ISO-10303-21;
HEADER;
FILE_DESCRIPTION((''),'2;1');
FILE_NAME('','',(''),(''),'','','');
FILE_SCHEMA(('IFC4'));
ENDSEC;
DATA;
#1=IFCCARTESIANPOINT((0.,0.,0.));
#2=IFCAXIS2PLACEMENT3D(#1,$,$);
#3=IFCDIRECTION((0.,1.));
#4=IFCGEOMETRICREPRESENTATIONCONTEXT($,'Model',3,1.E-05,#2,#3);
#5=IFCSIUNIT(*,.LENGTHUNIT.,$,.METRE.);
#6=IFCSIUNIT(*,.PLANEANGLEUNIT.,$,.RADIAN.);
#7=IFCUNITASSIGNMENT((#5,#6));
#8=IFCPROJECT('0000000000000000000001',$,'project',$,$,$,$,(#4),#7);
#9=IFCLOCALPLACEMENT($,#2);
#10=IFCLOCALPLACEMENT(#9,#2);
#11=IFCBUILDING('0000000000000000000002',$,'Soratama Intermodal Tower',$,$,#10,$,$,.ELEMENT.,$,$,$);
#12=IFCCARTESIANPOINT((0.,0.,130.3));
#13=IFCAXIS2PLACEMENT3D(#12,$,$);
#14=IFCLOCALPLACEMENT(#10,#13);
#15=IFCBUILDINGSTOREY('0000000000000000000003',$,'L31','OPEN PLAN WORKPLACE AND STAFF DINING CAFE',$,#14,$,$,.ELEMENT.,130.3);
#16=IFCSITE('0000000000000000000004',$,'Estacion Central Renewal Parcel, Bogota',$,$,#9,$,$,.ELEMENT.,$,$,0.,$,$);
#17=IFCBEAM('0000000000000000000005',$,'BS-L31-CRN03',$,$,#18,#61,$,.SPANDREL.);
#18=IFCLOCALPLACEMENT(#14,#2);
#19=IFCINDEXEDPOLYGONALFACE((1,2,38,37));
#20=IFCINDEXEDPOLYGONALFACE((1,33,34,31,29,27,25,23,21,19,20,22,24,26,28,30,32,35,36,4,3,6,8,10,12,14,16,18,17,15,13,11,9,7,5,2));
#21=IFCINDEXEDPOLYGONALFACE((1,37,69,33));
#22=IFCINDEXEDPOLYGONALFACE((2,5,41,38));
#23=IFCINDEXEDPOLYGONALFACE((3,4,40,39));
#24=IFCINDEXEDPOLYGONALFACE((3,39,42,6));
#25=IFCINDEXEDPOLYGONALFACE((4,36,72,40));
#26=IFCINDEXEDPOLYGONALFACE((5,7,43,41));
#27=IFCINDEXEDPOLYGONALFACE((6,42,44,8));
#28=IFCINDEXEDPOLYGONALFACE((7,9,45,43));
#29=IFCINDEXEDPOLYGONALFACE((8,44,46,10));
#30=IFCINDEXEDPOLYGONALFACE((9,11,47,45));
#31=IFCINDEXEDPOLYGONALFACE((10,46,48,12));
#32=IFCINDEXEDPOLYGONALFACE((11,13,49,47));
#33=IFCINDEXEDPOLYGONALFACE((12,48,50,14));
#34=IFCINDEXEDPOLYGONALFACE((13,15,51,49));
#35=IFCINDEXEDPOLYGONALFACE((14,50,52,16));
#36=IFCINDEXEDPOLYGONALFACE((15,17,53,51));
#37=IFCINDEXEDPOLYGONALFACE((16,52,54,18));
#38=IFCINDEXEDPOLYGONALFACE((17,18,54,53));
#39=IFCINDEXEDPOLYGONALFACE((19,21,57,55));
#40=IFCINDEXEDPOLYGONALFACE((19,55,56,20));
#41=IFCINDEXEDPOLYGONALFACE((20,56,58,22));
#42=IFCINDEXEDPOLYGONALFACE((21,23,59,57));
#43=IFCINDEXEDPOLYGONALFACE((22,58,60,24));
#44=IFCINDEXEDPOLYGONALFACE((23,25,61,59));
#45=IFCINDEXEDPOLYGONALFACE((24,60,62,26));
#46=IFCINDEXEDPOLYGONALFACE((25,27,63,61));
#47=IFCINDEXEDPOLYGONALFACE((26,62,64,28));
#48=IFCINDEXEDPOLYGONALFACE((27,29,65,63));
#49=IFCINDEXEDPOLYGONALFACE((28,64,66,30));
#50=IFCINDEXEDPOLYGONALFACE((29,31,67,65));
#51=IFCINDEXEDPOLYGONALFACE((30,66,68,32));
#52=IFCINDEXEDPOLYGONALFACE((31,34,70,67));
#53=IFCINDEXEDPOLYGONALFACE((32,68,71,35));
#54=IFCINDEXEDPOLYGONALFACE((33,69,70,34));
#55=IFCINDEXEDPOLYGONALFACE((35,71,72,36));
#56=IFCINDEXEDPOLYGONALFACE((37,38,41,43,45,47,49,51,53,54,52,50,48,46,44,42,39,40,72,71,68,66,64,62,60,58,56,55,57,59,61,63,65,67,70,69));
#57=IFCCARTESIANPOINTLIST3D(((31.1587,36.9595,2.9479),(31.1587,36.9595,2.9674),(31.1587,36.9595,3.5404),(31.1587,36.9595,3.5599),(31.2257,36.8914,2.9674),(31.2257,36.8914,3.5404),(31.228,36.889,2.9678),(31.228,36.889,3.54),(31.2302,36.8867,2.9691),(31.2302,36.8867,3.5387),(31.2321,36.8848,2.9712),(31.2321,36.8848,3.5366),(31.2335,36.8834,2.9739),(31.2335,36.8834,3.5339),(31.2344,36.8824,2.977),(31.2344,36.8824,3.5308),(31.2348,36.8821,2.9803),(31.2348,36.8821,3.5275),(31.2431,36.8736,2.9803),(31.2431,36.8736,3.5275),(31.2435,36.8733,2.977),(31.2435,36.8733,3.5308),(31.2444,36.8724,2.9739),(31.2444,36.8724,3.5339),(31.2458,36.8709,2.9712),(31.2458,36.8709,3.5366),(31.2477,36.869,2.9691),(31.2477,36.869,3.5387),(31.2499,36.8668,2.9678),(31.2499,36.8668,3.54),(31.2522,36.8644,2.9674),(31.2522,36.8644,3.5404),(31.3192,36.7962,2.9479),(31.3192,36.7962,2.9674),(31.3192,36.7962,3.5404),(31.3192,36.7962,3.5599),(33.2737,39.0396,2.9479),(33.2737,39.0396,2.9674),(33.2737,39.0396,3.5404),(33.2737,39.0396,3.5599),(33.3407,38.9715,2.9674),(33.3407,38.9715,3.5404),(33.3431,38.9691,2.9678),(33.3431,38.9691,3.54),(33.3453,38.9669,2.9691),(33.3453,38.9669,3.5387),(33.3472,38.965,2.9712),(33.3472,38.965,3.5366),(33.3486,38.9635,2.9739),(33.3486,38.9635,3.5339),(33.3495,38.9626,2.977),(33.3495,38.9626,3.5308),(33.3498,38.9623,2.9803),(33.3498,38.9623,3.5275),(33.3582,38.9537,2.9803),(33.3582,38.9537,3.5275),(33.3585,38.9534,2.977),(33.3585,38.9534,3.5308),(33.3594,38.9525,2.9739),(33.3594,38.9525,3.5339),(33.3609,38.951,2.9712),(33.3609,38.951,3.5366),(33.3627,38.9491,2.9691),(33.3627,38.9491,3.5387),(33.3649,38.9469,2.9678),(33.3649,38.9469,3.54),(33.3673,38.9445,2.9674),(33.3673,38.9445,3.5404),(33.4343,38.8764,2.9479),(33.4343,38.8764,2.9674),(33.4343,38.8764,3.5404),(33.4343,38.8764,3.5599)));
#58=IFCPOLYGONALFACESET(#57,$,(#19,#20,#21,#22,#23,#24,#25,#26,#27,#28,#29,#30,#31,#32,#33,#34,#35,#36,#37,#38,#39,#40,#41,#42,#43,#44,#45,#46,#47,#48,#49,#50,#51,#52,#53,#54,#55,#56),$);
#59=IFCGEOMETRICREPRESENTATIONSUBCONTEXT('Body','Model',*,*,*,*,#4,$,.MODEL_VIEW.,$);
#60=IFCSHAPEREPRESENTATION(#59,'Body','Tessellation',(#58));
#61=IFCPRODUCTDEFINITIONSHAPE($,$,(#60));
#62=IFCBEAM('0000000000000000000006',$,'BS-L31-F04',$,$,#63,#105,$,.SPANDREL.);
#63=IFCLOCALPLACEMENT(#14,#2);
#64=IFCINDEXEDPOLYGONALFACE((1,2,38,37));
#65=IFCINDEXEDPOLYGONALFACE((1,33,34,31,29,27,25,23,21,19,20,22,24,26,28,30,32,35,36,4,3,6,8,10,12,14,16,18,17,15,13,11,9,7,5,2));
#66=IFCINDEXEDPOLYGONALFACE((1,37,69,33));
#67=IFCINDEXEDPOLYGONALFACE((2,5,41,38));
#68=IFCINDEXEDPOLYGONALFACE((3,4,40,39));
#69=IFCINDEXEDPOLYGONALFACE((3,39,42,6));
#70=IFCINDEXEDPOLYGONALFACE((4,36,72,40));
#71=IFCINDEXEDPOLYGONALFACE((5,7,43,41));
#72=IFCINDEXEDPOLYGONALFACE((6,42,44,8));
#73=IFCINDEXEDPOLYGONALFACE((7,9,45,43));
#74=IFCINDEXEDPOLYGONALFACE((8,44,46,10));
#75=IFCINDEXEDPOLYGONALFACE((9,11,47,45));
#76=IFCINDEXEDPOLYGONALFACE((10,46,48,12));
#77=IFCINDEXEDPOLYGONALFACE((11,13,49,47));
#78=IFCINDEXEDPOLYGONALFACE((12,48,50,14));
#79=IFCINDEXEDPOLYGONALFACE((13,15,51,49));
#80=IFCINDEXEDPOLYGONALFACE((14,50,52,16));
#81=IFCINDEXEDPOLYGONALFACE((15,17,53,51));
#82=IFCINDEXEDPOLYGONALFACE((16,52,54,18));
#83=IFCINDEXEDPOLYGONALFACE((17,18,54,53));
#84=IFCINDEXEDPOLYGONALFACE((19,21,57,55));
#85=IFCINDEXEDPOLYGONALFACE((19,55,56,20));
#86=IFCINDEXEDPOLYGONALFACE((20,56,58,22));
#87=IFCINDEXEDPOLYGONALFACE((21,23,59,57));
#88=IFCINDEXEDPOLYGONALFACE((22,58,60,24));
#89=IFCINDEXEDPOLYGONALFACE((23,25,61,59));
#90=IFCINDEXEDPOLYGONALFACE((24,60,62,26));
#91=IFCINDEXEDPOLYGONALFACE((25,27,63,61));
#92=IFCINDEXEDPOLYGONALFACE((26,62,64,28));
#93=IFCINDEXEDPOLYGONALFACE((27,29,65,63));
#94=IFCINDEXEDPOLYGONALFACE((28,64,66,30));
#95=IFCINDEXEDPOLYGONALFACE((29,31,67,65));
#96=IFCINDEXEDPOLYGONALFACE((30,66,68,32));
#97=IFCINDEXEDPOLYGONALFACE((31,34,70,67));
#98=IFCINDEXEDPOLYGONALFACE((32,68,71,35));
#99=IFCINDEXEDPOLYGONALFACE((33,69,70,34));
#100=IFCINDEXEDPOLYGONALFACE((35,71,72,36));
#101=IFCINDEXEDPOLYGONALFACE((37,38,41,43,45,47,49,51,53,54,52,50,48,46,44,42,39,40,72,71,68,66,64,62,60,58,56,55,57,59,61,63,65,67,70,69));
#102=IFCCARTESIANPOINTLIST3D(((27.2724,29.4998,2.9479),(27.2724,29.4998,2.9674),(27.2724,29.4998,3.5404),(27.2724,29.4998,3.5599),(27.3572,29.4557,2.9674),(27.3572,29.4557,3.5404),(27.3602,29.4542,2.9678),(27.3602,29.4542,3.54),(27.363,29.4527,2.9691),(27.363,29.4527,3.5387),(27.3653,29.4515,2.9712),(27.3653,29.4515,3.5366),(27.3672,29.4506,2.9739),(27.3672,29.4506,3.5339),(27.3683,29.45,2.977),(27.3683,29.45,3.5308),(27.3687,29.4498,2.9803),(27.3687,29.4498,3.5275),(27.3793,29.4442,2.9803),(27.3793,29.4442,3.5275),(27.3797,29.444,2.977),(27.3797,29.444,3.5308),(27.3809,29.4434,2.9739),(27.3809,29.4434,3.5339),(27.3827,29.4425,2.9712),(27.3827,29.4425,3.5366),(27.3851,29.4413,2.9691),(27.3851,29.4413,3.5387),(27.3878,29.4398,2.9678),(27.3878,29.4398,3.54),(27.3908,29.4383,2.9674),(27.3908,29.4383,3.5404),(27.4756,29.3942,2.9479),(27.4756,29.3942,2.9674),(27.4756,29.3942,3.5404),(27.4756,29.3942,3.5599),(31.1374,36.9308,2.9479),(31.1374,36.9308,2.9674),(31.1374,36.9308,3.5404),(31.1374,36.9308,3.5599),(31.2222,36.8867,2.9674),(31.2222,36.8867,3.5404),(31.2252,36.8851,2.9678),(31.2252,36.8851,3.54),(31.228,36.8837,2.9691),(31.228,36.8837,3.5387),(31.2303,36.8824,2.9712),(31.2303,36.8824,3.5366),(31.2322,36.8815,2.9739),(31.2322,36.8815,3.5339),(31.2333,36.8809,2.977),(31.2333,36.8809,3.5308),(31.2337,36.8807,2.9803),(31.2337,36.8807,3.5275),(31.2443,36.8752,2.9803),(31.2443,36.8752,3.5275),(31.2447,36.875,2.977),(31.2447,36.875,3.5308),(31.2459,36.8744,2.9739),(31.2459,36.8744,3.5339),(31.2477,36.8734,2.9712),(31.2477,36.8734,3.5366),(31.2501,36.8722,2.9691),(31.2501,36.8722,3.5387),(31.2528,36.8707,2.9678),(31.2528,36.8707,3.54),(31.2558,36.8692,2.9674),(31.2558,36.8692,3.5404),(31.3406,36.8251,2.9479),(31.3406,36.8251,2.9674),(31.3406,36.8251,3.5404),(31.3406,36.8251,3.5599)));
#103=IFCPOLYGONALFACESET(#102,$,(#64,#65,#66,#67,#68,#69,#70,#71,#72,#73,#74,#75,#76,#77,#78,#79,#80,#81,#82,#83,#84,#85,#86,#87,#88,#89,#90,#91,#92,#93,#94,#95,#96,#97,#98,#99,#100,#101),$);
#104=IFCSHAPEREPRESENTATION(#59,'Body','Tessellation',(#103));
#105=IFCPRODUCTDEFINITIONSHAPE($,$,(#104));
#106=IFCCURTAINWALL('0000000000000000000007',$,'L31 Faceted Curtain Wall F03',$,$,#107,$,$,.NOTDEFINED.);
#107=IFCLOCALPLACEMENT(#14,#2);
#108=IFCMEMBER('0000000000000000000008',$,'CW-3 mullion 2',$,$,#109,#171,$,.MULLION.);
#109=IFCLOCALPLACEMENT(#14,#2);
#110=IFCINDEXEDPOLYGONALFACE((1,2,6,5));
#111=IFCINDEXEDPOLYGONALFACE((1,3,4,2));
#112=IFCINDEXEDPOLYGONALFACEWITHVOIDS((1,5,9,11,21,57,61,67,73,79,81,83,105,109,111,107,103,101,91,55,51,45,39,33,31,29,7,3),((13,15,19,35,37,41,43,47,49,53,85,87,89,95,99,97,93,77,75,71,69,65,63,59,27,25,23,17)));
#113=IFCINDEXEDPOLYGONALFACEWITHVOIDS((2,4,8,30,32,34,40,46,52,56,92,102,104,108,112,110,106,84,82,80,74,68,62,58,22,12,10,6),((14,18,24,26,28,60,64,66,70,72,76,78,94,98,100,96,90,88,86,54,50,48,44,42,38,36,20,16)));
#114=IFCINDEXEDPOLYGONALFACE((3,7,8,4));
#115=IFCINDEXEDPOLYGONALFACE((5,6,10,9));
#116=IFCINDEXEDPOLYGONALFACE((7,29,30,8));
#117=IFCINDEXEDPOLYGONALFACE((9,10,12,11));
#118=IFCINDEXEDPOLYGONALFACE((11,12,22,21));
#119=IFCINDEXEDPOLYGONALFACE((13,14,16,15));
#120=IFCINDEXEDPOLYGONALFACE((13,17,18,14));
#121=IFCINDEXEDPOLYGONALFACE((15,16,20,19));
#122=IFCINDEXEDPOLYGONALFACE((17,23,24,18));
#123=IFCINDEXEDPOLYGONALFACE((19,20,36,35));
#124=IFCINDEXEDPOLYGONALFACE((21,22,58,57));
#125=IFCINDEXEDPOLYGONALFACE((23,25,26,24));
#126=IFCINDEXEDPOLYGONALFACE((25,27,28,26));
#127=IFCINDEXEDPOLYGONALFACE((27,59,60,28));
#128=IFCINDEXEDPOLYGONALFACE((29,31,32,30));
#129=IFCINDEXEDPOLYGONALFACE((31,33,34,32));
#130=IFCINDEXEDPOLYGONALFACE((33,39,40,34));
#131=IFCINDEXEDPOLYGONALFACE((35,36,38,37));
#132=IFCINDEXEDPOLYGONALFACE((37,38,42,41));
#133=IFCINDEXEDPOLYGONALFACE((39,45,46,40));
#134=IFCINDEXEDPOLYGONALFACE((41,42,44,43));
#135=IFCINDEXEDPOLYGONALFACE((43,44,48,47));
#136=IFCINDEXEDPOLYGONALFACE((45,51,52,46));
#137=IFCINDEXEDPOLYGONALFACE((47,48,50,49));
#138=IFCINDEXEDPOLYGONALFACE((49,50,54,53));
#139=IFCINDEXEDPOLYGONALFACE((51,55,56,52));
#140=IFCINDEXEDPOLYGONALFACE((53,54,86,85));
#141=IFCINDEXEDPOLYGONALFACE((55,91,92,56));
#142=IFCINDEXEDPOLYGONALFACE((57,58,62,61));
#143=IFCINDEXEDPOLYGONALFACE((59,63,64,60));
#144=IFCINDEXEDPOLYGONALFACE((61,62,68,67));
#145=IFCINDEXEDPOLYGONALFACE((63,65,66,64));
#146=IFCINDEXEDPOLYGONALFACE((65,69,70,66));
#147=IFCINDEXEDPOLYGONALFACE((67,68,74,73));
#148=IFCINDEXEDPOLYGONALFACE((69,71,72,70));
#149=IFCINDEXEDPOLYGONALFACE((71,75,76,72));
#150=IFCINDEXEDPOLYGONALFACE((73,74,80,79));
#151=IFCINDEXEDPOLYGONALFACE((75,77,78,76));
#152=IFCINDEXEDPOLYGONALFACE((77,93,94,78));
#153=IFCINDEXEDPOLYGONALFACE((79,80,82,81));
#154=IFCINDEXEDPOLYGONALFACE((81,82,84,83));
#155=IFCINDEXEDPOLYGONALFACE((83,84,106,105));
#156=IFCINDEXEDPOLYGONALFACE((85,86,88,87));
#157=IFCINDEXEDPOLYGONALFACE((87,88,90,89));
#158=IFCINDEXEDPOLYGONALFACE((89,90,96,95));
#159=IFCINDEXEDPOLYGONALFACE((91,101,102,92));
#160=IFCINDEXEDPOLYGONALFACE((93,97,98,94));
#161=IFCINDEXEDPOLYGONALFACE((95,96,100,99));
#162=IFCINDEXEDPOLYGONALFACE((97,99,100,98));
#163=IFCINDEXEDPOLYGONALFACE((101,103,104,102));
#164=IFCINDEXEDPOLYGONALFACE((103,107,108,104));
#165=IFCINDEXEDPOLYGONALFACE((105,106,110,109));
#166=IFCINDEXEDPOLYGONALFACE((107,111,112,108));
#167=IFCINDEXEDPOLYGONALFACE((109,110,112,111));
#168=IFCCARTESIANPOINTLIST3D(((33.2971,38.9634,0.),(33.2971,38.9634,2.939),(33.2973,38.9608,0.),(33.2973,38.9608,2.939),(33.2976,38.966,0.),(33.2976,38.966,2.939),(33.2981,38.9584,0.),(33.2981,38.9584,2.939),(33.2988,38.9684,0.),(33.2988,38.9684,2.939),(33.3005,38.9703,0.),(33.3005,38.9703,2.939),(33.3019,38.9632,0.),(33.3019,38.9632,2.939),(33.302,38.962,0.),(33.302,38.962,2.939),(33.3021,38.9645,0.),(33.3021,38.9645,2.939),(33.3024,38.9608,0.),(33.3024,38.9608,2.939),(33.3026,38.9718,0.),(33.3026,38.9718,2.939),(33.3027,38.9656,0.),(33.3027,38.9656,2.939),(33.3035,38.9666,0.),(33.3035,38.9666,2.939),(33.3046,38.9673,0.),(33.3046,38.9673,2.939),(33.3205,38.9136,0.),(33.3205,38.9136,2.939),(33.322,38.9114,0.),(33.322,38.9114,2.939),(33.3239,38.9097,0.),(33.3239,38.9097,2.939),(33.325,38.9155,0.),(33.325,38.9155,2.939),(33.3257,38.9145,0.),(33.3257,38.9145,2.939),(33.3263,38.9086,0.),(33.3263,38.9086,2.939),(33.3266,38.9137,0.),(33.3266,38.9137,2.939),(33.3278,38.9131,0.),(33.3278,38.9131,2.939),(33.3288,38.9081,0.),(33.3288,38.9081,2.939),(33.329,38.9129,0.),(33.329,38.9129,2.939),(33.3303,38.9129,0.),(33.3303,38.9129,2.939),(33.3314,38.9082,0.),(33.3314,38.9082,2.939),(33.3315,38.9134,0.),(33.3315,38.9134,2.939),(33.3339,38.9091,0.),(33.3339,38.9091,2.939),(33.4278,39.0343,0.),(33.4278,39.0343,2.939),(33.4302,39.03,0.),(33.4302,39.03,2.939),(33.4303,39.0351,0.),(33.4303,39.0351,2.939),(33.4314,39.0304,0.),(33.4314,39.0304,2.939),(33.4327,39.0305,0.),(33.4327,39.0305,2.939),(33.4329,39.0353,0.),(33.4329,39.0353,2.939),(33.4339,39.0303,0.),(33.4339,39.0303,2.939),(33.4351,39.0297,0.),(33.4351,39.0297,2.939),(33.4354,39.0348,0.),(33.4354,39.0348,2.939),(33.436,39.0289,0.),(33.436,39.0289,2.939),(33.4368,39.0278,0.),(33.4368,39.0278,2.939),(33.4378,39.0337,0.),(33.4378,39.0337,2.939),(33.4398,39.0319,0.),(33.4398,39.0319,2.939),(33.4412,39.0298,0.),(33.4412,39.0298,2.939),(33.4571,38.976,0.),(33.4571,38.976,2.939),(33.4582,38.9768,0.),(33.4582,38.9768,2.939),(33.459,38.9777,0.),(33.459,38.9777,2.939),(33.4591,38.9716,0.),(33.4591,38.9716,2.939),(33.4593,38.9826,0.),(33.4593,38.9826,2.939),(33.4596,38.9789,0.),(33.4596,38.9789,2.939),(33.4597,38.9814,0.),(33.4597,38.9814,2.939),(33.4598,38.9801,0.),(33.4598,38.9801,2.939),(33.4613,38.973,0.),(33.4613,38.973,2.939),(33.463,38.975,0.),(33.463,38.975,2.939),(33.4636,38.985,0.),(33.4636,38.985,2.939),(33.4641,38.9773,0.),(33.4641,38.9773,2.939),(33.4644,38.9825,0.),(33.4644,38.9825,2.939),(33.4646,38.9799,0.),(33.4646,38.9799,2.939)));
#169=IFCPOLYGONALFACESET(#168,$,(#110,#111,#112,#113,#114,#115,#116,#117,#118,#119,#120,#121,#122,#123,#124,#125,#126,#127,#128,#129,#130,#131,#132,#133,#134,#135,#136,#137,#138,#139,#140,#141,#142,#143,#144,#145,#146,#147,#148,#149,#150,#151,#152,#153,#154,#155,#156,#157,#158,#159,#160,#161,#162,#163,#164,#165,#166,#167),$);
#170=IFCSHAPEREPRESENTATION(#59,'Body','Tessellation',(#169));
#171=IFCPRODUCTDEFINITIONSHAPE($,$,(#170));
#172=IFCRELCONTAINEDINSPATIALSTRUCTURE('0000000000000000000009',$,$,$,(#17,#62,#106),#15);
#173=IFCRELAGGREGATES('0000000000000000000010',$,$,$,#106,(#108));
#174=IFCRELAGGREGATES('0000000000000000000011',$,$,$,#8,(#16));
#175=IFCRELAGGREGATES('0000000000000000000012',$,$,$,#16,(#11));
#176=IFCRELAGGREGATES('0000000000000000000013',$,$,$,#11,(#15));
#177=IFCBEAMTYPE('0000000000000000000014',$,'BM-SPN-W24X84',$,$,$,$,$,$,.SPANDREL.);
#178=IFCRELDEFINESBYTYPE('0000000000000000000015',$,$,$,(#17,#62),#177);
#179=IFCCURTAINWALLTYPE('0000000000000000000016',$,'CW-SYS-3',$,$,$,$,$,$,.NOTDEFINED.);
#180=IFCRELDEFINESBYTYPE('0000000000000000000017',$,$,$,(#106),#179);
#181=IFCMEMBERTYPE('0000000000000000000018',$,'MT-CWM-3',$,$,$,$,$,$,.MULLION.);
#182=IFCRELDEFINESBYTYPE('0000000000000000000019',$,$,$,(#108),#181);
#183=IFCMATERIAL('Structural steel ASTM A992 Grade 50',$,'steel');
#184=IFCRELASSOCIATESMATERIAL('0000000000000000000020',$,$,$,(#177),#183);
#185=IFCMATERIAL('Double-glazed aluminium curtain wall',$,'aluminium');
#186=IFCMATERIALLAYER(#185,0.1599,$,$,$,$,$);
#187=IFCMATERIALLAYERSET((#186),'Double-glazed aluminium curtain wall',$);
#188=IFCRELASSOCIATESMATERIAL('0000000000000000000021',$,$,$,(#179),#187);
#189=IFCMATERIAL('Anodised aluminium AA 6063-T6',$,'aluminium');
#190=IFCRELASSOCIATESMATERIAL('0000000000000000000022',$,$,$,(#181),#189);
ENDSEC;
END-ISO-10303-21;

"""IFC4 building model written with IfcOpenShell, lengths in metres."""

from ifc_helpers import new_model, si_unit, direction, frame, origin, origin_2d, place, context, subcontext, project, spatial, hollow_rectangle, i_section, extrude, material, layer, layer_set, material_profile, profile_set, type_object, element, aggregate, save


model = new_model("IFC4")

# Units and contexts
model_context = context("Model", 3, precision=1e-05, world=origin(), true_north=direction((0.0, 1.0)))
body_context = subcontext(model_context, "Body", "Model", "MODEL_VIEW")
ifc_project = project(units=[si_unit("LENGTHUNIT", "METRE"), si_unit("PLANEANGLEUNIT", "RADIAN")], contexts=[model_context])

# Site, building, storey
site_placement = place(None, origin())
site = spatial("IfcSite", under=ifc_project, at=site_placement, Name="Estacion Central Renewal Parcel, Bogota", CompositionType="ELEMENT", RefElevation=0.0)
building_placement = place(site_placement, origin())
building = spatial("IfcBuilding", under=site, at=building_placement, Name="Soratama Intermodal Tower", CompositionType="ELEMENT")
storey_placement = place(building_placement, frame((0.0, 0.0, 130.3)))
storey = spatial("IfcBuildingStorey", under=building, at=storey_placement, Name="L31", Description="OPEN PLAN WORKPLACE AND STAFF DINING CAFE", CompositionType="ELEMENT", Elevation=130.3)

# Beams
ifc_material_1 = material(Name="Structural steel ASTM A992 Grade 50", Category="steel")
ifc_material_profile_1 = material_profile(ifc_material_1, i_section(OverallWidth=0.229, OverallDepth=0.6121, WebThickness=0.012, FlangeThickness=0.0195, FilletRadius=0.0129, at=origin_2d()), Name="W24X84")
ifc_profile_set_1 = profile_set([ifc_material_profile_1], Name="Structural steel ASTM A992 Grade 50")
beam_type_1 = type_object("IfcBeamType", Name="BM-SPN-W24X84", PredefinedType="SPANDREL", material=ifc_profile_set_1)
beam_1_placement = place(storey_placement, frame((33.354, 38.958, 3.2539), z_axis=(-0.712967, -0.701198, 0.0), x_axis=(0.701198, -0.712967, 0.0)))
element("IfcBeam", 1, at=beam_1_placement, inside=storey, type_object=beam_type_1, Name="BS-L31-CRN03", PredefinedType="SPANDREL", context=body_context, shape_type="SweptSolid", body=[
    extrude(i_section(OverallWidth=0.229, OverallDepth=0.6121, WebThickness=0.012, FlangeThickness=0.0195, FilletRadius=0.0129, at=origin_2d()), origin(), (0.0, 0.0, 1.0), 2.9666),
])
beam_2_placement = place(storey_placement, frame((31.239, 36.8779, 3.2539), z_axis=(-0.461439, -0.887172, 0.0), x_axis=(0.887172, -0.461439, 0.0)))
element("IfcBeam", 2, at=beam_2_placement, inside=storey, type_object=beam_type_1, Name="BS-L31-F04", PredefinedType="SPANDREL", context=body_context, shape_type="SweptSolid", body=[
    extrude(i_section(OverallWidth=0.229, OverallDepth=0.6121, WebThickness=0.012, FlangeThickness=0.0195, FilletRadius=0.0129, at=origin_2d()), origin(), (0.0, 0.0, 1.0), 8.376),
])

# Curtain wall, member
ifc_material_2 = material(Name="Double-glazed aluminium curtain wall", Category="aluminium")
ifc_layer_1 = layer(ifc_material_2, 0.1599)
ifc_layer_set_1 = layer_set([ifc_layer_1], Name="Double-glazed aluminium curtain wall")
curtain_wall_type = type_object("IfcCurtainWallType", Name="CW-SYS-3", PredefinedType="NOTDEFINED", material=ifc_layer_set_1)
curtain_wall_1_placement = place(storey_placement, origin())
curtain_wall_1 = element("IfcCurtainWall", 3, at=curtain_wall_1_placement, inside=storey, type_object=curtain_wall_type, Name="L31 Faceted Curtain Wall F03", PredefinedType="NOTDEFINED")
ifc_material_3 = material(Name="Anodised aluminium AA 6063-T6", Category="aluminium")
ifc_material_profile_2 = material_profile(ifc_material_3, hollow_rectangle(XDim=0.0701, YDim=0.1599, WallThickness=0.0049, InnerFilletRadius=0.0049, OuterFilletRadius=0.01, at=origin_2d()), Name="CWM160X70X5")
ifc_profile_set_2 = profile_set([ifc_material_profile_2], Name="Anodised aluminium AA 6063-T6")
member_type_1 = type_object("IfcMemberType", Name="MT-CWM-3", PredefinedType="MULLION", material=ifc_profile_set_2)
member_1_placement = place(storey_placement, frame((33.3809, 38.9717, 0.0), z_axis=(0.0, 0.0, 1.0), x_axis=(0.446516, -0.894776, 0.0)))
member_1 = element("IfcMember", 4, at=member_1_placement, type_object=member_type_1, Name="CW-3 mullion 2", PredefinedType="MULLION", context=body_context, shape_type="SweptSolid", body=[
    extrude(hollow_rectangle(XDim=0.0701, YDim=0.1599, WallThickness=0.0049, InnerFilletRadius=0.0049, OuterFilletRadius=0.01, at=origin_2d()), origin(), (0.0, 0.0, 1.0), 2.939),
])
aggregate(curtain_wall_1, [member_1])

save(model, "model.ifc")
